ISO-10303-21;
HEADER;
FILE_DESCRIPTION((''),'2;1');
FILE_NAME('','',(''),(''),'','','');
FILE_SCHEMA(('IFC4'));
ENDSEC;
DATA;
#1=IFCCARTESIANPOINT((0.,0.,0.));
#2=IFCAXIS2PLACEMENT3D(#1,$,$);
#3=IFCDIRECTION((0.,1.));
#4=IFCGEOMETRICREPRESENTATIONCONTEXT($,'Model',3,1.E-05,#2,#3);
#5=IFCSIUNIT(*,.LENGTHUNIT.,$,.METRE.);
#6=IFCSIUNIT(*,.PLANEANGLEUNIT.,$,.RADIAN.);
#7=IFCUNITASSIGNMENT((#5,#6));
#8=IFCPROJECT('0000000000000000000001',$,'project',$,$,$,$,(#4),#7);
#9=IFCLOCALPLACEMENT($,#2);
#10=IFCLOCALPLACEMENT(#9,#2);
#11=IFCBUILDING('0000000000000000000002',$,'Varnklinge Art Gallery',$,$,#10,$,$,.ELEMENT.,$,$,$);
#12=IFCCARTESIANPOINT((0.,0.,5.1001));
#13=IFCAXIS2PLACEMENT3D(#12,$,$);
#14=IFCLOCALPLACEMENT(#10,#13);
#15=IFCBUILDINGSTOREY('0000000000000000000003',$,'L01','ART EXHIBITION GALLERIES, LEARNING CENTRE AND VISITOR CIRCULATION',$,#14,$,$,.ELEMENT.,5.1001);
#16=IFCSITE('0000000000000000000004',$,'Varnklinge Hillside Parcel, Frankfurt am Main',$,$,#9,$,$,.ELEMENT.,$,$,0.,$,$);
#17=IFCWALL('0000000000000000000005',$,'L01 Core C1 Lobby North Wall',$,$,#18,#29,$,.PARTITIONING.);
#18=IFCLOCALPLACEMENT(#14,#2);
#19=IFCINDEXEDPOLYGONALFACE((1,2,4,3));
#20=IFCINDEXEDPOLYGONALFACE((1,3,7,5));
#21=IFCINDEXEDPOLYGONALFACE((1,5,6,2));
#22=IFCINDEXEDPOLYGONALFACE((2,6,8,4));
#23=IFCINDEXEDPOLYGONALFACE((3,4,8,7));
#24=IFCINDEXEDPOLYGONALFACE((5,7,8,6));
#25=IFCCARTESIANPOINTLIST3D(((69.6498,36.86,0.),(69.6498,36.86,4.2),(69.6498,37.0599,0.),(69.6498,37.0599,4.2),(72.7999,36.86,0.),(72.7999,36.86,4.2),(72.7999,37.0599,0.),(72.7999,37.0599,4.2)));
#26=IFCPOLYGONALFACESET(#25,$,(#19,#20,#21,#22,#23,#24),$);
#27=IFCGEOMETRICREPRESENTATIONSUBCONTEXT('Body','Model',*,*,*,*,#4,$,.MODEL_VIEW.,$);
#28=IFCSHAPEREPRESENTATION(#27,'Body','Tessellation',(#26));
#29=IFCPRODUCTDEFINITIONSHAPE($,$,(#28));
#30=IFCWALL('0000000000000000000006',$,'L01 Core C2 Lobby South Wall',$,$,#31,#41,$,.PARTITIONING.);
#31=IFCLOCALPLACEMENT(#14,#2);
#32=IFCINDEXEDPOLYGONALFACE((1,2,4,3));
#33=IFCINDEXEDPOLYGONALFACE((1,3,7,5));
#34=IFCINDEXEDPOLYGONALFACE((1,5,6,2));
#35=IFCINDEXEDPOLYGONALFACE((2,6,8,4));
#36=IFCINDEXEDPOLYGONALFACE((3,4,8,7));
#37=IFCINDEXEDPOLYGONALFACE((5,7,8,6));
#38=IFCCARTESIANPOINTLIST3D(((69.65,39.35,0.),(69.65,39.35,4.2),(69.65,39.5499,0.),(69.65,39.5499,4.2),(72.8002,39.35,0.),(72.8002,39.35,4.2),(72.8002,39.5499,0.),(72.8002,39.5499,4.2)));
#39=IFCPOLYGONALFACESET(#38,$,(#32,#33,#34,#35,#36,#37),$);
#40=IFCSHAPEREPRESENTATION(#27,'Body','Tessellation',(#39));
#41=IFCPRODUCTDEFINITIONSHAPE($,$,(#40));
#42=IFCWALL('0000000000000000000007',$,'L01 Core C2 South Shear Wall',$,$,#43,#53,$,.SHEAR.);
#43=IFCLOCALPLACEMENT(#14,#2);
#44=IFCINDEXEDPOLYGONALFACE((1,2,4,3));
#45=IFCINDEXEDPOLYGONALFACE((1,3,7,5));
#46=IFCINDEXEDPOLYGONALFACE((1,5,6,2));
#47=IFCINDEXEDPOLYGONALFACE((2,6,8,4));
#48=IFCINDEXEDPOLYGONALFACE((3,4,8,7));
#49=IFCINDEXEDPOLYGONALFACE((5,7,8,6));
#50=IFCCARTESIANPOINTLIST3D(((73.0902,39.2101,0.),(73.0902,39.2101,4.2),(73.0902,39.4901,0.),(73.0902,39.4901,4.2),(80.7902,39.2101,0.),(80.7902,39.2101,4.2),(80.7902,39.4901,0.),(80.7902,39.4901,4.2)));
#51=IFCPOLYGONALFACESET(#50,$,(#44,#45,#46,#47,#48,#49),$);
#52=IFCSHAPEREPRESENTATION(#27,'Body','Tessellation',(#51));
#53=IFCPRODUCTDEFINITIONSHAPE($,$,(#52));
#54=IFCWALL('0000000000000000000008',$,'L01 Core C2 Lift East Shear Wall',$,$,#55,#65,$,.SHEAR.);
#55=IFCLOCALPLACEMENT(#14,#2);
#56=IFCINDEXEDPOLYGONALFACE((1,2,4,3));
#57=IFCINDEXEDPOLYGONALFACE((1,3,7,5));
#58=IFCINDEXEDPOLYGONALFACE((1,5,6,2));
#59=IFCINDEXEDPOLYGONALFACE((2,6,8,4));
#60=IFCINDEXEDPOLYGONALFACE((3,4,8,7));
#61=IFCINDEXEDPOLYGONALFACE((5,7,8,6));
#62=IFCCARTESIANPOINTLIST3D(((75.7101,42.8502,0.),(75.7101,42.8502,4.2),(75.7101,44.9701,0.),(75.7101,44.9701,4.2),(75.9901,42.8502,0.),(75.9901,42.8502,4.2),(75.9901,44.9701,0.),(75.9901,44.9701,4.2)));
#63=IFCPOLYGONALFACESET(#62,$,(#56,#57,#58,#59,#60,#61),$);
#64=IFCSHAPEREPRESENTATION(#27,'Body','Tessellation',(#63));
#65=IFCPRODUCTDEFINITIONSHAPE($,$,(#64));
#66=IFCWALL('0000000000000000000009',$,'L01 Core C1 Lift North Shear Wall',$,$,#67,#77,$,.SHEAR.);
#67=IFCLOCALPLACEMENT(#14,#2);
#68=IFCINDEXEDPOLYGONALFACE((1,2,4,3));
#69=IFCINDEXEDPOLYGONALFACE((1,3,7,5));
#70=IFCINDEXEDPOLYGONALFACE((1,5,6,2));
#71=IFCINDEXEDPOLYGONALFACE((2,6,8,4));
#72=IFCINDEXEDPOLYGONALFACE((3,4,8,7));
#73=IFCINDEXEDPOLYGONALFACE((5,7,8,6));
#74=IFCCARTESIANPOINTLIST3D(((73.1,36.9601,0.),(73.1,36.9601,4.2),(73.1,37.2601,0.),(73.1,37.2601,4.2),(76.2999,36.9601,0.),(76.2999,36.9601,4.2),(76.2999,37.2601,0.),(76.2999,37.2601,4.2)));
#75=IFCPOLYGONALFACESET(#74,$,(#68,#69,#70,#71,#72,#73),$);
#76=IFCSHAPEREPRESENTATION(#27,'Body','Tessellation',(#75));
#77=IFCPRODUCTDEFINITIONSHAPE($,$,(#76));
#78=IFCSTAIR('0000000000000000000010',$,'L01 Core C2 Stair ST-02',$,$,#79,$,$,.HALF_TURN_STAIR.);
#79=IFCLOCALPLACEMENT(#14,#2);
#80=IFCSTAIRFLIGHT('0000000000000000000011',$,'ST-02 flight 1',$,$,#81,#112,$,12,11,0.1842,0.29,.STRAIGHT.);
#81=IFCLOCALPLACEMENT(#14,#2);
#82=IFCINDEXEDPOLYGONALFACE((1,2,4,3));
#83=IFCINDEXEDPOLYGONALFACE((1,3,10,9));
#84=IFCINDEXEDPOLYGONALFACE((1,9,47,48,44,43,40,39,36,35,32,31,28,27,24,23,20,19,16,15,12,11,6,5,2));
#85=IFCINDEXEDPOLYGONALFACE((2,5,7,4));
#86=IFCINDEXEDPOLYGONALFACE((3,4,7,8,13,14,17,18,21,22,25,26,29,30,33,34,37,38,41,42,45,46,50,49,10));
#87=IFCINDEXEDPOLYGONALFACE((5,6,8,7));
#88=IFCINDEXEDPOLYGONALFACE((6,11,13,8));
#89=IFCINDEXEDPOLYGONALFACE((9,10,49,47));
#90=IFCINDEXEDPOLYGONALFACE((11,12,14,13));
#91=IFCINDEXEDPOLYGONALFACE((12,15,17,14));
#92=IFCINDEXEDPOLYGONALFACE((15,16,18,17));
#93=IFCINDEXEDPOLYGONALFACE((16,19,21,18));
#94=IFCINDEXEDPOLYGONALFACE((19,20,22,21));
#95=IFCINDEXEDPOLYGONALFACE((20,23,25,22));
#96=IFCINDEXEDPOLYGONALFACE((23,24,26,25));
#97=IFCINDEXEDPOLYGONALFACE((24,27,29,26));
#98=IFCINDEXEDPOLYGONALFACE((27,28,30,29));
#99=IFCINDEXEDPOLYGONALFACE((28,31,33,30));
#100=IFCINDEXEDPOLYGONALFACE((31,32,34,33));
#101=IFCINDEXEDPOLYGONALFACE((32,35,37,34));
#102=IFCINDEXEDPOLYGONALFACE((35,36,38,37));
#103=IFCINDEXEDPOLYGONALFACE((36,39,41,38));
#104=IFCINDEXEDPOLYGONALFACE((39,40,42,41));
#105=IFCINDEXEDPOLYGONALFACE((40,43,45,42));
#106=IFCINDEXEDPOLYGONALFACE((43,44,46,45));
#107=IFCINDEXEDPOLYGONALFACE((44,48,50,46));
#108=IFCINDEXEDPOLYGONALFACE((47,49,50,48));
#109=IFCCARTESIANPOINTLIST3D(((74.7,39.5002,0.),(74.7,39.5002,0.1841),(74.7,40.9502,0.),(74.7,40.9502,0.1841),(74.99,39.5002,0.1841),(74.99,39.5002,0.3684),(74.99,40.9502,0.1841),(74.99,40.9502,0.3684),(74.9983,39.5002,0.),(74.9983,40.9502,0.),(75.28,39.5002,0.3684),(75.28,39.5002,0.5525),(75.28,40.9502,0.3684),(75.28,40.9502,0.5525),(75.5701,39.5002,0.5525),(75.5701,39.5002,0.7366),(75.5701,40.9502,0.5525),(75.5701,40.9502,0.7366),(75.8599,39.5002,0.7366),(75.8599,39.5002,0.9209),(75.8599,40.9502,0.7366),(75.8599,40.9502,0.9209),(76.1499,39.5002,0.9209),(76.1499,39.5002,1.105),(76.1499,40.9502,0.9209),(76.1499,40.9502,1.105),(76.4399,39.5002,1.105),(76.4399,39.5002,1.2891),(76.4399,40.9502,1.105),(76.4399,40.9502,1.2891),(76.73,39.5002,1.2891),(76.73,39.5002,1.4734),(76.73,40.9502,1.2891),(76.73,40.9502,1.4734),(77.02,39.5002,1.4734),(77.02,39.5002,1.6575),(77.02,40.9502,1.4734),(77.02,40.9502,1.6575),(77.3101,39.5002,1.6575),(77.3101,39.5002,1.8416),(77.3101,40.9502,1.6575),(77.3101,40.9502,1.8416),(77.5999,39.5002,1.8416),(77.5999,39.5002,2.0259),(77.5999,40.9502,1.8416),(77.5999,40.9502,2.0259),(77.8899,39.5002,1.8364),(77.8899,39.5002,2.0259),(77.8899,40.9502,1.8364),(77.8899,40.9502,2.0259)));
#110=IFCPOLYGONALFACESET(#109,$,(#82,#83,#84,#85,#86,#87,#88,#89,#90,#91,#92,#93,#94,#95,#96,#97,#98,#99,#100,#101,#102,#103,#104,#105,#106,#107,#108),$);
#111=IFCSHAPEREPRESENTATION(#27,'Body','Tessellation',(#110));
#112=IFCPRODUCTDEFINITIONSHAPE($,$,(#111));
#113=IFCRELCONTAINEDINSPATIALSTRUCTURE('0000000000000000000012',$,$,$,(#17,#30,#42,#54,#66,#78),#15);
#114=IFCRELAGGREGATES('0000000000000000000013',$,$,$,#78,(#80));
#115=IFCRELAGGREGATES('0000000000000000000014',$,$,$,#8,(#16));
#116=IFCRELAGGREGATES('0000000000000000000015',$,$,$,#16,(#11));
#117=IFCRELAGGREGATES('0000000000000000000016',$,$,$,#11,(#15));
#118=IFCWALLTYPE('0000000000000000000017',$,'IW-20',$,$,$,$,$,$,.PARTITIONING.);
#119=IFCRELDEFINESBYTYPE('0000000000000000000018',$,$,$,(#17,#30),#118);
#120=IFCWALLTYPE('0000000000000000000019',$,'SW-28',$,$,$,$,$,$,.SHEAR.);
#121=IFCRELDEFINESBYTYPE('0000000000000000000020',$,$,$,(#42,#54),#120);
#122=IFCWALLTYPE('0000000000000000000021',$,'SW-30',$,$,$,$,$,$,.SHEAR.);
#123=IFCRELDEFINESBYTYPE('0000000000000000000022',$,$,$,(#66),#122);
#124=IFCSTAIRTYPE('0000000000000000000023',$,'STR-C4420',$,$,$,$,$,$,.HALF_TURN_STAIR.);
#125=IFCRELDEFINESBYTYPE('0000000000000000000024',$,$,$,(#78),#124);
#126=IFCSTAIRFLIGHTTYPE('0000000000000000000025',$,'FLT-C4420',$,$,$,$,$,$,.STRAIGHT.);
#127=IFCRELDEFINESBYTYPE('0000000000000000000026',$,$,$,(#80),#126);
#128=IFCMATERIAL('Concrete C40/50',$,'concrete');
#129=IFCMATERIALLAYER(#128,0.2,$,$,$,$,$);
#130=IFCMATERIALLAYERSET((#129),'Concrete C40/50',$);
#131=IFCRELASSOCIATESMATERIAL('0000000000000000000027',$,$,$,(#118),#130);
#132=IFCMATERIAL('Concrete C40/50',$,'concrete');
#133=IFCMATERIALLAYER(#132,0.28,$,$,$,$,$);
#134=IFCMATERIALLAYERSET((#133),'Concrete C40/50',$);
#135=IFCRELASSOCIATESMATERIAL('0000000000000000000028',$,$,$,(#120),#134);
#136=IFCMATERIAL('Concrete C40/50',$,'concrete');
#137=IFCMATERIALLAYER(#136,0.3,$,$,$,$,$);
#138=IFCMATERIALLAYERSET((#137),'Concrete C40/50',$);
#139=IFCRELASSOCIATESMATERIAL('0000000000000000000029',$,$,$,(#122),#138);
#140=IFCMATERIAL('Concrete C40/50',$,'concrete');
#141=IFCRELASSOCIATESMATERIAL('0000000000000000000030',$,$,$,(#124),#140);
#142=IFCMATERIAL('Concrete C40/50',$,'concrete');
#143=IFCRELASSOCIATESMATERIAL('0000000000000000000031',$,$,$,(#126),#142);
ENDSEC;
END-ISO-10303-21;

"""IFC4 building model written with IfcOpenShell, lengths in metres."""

from ifc_helpers import new_model, si_unit, direction, frame, frame_2d, origin, place, context, subcontext, project, spatial, polyline, rectangle, outline, extrude, material, layer, layer_set, type_object, element, aggregate, save


model = new_model("IFC4")

# Units and contexts
model_context = context("Model", 3, precision=1e-05, world=origin(), true_north=direction((0.0, 1.0)))
body_context = subcontext(model_context, "Body", "Model", "MODEL_VIEW")
ifc_project = project(units=[si_unit("LENGTHUNIT", "METRE"), si_unit("PLANEANGLEUNIT", "RADIAN")], contexts=[model_context])

# Site, building, storey
site_placement = place(None, origin())
site = spatial("IfcSite", under=ifc_project, at=site_placement, Name="Varnklinge Hillside Parcel, Frankfurt am Main", CompositionType="ELEMENT", RefElevation=0.0)
building_placement = place(site_placement, origin())
building = spatial("IfcBuilding", under=site, at=building_placement, Name="Varnklinge Art Gallery", CompositionType="ELEMENT")
storey_placement = place(building_placement, frame((0.0, 0.0, 5.1001)))
storey = spatial("IfcBuildingStorey", under=building, at=storey_placement, Name="L01", Description="ART EXHIBITION GALLERIES, LEARNING CENTRE AND VISITOR CIRCULATION", CompositionType="ELEMENT", Elevation=5.1001)

# Walls
ifc_material_1 = material(Name="Concrete C40/50", Category="concrete")
ifc_layer_1 = layer(ifc_material_1, 0.2)
ifc_layer_set_1 = layer_set([ifc_layer_1], Name="Concrete C40/50")
wall_type_1 = type_object("IfcWallType", Name="IW-20", PredefinedType="PARTITIONING", material=ifc_layer_set_1)
for number, where, z_axis, x_axis, name in (
    (1, (72.8, 36.96, 0.0), (0.0, 0.0, 1.0), (-1.0, 0.0, 0.0), "L01 Core C1 Lobby North Wall"),
    (2, (69.6499, 39.45, 0.0), (0.0, 0.0, 1.0), (1.0, 0.0, 0.0), "L01 Core C2 Lobby South Wall"),
):
    element("IfcWall", number, at=place(storey_placement, frame(where, z_axis=z_axis, x_axis=x_axis)), inside=storey, type_object=wall_type_1, Name=name, PredefinedType="PARTITIONING", context=body_context, shape_type="SweptSolid", body=[
        extrude(rectangle(XDim=3.1501, YDim=0.2, at=frame_2d((1.5752, 0.0))), origin(), (0.0, 0.0, 1.0), 4.2),
    ])

# Walls
ifc_material_2 = material(Name="Concrete C40/50", Category="concrete")
ifc_layer_2 = layer(ifc_material_2, 0.28)
ifc_layer_set_2 = layer_set([ifc_layer_2], Name="Concrete C40/50")
wall_type_2 = type_object("IfcWallType", Name="SW-28", PredefinedType="SHEAR", material=ifc_layer_set_2)
wall_1_placement = place(storey_placement, frame((73.0901, 39.3501, 0.0), z_axis=(0.0, 0.0, 1.0), x_axis=(1.0, 0.0, 0.0)))
element("IfcWall", 3, at=wall_1_placement, inside=storey, type_object=wall_type_2, Name="L01 Core C2 South Shear Wall", PredefinedType="SHEAR", context=body_context, shape_type="SweptSolid", body=[
    extrude(rectangle(XDim=7.7, YDim=0.28, at=frame_2d((3.8501, 0.0))), origin(), (0.0, 0.0, 1.0), 4.2),
])
wall_2_placement = place(storey_placement, frame((75.8501, 42.8501, 0.0), z_axis=(0.0, 0.0, 1.0), x_axis=(0.0, 1.0, 0.0)))
element("IfcWall", 4, at=wall_2_placement, inside=storey, type_object=wall_type_2, Name="L01 Core C2 Lift East Shear Wall", PredefinedType="SHEAR", context=body_context, shape_type="SweptSolid", body=[
    extrude(rectangle(XDim=2.1199, YDim=0.28, at=frame_2d((1.0601, 0.0))), origin(), (0.0, 0.0, 1.0), 4.2),
])
ifc_material_3 = material(Name="Concrete C40/50", Category="concrete")
ifc_layer_3 = layer(ifc_material_3, 0.3)
ifc_layer_set_3 = layer_set([ifc_layer_3], Name="Concrete C40/50")
wall_type_3 = type_object("IfcWallType", Name="SW-30", PredefinedType="SHEAR", material=ifc_layer_set_3)
wall_3_placement = place(storey_placement, frame((76.3, 37.1101, 0.0), z_axis=(0.0, 0.0, 1.0), x_axis=(-1.0, 0.0, 0.0)))
element("IfcWall", 5, at=wall_3_placement, inside=storey, type_object=wall_type_3, Name="L01 Core C1 Lift North Shear Wall", PredefinedType="SHEAR", context=body_context, shape_type="SweptSolid", body=[
    extrude(rectangle(XDim=3.2, YDim=0.3, at=frame_2d((1.6001, 0.0))), origin(), (0.0, 0.0, 1.0), 4.2),
])

# Stair, stair flight
ifc_material_4 = material(Name="Concrete C40/50", Category="concrete")
stair_type = type_object("IfcStairType", Name="STR-C4420", PredefinedType="HALF_TURN_STAIR", material=ifc_material_4)
stair_placement = place(storey_placement, origin())
stair = element("IfcStair", 6, at=stair_placement, inside=storey, type_object=stair_type, Name="L01 Core C2 Stair ST-02", PredefinedType="HALF_TURN_STAIR")
ifc_material_5 = material(Name="Concrete C40/50", Category="concrete")
stair_flight_type = type_object("IfcStairFlightType", Name="FLT-C4420", PredefinedType="STRAIGHT", material=ifc_material_5)
stair_flight_placement = place(storey_placement, frame((74.7, 40.2251, 0.0), z_axis=(0.0, 0.0, 1.0), x_axis=(1.0, 0.0, 0.0)))
stair_flight = element("IfcStairFlight", 7, at=stair_flight_placement, type_object=stair_flight_type, Name="ST-02 flight 1", NumberOfRisers=12, NumberOfTreads=11, PredefinedType="STRAIGHT", RiserHeight=0.1842, TreadLength=0.29, context=body_context, shape_type="SweptSolid", body=[
    extrude(outline(polyline([(0.0, 0.0), (0.0, 0.1841), (0.29, 0.1841), (0.29, 0.3684), (0.5801, 0.3684), (0.5801, 0.5525), (0.8701, 0.5525), (0.8701, 0.7366), (1.1599, 0.7366), (1.1599, 0.9209), (1.45, 0.9209), (1.45, 1.105), (1.74, 1.105), (1.74, 1.2891), (2.03, 1.2891), (2.03, 1.4734), (2.3201, 1.4734), (2.3201, 1.6575), (2.6101, 1.6575), (2.6101, 1.8416), (2.8999, 1.8416), (2.8999, 2.0259), (3.1899, 2.0259), (3.1899, 2.21), (3.1899, 1.8364), (0.2983, 0.0), (0.0, 0.0)])), frame((0.0, 0.7251, 0.0), z_axis=(0.0, -1.0, 0.0), x_axis=(1.0, 0.0, 0.0)), (0.0, 0.0, 1.0), 1.45),
])
aggregate(stair, [stair_flight])

save(model, "model.ifc")
